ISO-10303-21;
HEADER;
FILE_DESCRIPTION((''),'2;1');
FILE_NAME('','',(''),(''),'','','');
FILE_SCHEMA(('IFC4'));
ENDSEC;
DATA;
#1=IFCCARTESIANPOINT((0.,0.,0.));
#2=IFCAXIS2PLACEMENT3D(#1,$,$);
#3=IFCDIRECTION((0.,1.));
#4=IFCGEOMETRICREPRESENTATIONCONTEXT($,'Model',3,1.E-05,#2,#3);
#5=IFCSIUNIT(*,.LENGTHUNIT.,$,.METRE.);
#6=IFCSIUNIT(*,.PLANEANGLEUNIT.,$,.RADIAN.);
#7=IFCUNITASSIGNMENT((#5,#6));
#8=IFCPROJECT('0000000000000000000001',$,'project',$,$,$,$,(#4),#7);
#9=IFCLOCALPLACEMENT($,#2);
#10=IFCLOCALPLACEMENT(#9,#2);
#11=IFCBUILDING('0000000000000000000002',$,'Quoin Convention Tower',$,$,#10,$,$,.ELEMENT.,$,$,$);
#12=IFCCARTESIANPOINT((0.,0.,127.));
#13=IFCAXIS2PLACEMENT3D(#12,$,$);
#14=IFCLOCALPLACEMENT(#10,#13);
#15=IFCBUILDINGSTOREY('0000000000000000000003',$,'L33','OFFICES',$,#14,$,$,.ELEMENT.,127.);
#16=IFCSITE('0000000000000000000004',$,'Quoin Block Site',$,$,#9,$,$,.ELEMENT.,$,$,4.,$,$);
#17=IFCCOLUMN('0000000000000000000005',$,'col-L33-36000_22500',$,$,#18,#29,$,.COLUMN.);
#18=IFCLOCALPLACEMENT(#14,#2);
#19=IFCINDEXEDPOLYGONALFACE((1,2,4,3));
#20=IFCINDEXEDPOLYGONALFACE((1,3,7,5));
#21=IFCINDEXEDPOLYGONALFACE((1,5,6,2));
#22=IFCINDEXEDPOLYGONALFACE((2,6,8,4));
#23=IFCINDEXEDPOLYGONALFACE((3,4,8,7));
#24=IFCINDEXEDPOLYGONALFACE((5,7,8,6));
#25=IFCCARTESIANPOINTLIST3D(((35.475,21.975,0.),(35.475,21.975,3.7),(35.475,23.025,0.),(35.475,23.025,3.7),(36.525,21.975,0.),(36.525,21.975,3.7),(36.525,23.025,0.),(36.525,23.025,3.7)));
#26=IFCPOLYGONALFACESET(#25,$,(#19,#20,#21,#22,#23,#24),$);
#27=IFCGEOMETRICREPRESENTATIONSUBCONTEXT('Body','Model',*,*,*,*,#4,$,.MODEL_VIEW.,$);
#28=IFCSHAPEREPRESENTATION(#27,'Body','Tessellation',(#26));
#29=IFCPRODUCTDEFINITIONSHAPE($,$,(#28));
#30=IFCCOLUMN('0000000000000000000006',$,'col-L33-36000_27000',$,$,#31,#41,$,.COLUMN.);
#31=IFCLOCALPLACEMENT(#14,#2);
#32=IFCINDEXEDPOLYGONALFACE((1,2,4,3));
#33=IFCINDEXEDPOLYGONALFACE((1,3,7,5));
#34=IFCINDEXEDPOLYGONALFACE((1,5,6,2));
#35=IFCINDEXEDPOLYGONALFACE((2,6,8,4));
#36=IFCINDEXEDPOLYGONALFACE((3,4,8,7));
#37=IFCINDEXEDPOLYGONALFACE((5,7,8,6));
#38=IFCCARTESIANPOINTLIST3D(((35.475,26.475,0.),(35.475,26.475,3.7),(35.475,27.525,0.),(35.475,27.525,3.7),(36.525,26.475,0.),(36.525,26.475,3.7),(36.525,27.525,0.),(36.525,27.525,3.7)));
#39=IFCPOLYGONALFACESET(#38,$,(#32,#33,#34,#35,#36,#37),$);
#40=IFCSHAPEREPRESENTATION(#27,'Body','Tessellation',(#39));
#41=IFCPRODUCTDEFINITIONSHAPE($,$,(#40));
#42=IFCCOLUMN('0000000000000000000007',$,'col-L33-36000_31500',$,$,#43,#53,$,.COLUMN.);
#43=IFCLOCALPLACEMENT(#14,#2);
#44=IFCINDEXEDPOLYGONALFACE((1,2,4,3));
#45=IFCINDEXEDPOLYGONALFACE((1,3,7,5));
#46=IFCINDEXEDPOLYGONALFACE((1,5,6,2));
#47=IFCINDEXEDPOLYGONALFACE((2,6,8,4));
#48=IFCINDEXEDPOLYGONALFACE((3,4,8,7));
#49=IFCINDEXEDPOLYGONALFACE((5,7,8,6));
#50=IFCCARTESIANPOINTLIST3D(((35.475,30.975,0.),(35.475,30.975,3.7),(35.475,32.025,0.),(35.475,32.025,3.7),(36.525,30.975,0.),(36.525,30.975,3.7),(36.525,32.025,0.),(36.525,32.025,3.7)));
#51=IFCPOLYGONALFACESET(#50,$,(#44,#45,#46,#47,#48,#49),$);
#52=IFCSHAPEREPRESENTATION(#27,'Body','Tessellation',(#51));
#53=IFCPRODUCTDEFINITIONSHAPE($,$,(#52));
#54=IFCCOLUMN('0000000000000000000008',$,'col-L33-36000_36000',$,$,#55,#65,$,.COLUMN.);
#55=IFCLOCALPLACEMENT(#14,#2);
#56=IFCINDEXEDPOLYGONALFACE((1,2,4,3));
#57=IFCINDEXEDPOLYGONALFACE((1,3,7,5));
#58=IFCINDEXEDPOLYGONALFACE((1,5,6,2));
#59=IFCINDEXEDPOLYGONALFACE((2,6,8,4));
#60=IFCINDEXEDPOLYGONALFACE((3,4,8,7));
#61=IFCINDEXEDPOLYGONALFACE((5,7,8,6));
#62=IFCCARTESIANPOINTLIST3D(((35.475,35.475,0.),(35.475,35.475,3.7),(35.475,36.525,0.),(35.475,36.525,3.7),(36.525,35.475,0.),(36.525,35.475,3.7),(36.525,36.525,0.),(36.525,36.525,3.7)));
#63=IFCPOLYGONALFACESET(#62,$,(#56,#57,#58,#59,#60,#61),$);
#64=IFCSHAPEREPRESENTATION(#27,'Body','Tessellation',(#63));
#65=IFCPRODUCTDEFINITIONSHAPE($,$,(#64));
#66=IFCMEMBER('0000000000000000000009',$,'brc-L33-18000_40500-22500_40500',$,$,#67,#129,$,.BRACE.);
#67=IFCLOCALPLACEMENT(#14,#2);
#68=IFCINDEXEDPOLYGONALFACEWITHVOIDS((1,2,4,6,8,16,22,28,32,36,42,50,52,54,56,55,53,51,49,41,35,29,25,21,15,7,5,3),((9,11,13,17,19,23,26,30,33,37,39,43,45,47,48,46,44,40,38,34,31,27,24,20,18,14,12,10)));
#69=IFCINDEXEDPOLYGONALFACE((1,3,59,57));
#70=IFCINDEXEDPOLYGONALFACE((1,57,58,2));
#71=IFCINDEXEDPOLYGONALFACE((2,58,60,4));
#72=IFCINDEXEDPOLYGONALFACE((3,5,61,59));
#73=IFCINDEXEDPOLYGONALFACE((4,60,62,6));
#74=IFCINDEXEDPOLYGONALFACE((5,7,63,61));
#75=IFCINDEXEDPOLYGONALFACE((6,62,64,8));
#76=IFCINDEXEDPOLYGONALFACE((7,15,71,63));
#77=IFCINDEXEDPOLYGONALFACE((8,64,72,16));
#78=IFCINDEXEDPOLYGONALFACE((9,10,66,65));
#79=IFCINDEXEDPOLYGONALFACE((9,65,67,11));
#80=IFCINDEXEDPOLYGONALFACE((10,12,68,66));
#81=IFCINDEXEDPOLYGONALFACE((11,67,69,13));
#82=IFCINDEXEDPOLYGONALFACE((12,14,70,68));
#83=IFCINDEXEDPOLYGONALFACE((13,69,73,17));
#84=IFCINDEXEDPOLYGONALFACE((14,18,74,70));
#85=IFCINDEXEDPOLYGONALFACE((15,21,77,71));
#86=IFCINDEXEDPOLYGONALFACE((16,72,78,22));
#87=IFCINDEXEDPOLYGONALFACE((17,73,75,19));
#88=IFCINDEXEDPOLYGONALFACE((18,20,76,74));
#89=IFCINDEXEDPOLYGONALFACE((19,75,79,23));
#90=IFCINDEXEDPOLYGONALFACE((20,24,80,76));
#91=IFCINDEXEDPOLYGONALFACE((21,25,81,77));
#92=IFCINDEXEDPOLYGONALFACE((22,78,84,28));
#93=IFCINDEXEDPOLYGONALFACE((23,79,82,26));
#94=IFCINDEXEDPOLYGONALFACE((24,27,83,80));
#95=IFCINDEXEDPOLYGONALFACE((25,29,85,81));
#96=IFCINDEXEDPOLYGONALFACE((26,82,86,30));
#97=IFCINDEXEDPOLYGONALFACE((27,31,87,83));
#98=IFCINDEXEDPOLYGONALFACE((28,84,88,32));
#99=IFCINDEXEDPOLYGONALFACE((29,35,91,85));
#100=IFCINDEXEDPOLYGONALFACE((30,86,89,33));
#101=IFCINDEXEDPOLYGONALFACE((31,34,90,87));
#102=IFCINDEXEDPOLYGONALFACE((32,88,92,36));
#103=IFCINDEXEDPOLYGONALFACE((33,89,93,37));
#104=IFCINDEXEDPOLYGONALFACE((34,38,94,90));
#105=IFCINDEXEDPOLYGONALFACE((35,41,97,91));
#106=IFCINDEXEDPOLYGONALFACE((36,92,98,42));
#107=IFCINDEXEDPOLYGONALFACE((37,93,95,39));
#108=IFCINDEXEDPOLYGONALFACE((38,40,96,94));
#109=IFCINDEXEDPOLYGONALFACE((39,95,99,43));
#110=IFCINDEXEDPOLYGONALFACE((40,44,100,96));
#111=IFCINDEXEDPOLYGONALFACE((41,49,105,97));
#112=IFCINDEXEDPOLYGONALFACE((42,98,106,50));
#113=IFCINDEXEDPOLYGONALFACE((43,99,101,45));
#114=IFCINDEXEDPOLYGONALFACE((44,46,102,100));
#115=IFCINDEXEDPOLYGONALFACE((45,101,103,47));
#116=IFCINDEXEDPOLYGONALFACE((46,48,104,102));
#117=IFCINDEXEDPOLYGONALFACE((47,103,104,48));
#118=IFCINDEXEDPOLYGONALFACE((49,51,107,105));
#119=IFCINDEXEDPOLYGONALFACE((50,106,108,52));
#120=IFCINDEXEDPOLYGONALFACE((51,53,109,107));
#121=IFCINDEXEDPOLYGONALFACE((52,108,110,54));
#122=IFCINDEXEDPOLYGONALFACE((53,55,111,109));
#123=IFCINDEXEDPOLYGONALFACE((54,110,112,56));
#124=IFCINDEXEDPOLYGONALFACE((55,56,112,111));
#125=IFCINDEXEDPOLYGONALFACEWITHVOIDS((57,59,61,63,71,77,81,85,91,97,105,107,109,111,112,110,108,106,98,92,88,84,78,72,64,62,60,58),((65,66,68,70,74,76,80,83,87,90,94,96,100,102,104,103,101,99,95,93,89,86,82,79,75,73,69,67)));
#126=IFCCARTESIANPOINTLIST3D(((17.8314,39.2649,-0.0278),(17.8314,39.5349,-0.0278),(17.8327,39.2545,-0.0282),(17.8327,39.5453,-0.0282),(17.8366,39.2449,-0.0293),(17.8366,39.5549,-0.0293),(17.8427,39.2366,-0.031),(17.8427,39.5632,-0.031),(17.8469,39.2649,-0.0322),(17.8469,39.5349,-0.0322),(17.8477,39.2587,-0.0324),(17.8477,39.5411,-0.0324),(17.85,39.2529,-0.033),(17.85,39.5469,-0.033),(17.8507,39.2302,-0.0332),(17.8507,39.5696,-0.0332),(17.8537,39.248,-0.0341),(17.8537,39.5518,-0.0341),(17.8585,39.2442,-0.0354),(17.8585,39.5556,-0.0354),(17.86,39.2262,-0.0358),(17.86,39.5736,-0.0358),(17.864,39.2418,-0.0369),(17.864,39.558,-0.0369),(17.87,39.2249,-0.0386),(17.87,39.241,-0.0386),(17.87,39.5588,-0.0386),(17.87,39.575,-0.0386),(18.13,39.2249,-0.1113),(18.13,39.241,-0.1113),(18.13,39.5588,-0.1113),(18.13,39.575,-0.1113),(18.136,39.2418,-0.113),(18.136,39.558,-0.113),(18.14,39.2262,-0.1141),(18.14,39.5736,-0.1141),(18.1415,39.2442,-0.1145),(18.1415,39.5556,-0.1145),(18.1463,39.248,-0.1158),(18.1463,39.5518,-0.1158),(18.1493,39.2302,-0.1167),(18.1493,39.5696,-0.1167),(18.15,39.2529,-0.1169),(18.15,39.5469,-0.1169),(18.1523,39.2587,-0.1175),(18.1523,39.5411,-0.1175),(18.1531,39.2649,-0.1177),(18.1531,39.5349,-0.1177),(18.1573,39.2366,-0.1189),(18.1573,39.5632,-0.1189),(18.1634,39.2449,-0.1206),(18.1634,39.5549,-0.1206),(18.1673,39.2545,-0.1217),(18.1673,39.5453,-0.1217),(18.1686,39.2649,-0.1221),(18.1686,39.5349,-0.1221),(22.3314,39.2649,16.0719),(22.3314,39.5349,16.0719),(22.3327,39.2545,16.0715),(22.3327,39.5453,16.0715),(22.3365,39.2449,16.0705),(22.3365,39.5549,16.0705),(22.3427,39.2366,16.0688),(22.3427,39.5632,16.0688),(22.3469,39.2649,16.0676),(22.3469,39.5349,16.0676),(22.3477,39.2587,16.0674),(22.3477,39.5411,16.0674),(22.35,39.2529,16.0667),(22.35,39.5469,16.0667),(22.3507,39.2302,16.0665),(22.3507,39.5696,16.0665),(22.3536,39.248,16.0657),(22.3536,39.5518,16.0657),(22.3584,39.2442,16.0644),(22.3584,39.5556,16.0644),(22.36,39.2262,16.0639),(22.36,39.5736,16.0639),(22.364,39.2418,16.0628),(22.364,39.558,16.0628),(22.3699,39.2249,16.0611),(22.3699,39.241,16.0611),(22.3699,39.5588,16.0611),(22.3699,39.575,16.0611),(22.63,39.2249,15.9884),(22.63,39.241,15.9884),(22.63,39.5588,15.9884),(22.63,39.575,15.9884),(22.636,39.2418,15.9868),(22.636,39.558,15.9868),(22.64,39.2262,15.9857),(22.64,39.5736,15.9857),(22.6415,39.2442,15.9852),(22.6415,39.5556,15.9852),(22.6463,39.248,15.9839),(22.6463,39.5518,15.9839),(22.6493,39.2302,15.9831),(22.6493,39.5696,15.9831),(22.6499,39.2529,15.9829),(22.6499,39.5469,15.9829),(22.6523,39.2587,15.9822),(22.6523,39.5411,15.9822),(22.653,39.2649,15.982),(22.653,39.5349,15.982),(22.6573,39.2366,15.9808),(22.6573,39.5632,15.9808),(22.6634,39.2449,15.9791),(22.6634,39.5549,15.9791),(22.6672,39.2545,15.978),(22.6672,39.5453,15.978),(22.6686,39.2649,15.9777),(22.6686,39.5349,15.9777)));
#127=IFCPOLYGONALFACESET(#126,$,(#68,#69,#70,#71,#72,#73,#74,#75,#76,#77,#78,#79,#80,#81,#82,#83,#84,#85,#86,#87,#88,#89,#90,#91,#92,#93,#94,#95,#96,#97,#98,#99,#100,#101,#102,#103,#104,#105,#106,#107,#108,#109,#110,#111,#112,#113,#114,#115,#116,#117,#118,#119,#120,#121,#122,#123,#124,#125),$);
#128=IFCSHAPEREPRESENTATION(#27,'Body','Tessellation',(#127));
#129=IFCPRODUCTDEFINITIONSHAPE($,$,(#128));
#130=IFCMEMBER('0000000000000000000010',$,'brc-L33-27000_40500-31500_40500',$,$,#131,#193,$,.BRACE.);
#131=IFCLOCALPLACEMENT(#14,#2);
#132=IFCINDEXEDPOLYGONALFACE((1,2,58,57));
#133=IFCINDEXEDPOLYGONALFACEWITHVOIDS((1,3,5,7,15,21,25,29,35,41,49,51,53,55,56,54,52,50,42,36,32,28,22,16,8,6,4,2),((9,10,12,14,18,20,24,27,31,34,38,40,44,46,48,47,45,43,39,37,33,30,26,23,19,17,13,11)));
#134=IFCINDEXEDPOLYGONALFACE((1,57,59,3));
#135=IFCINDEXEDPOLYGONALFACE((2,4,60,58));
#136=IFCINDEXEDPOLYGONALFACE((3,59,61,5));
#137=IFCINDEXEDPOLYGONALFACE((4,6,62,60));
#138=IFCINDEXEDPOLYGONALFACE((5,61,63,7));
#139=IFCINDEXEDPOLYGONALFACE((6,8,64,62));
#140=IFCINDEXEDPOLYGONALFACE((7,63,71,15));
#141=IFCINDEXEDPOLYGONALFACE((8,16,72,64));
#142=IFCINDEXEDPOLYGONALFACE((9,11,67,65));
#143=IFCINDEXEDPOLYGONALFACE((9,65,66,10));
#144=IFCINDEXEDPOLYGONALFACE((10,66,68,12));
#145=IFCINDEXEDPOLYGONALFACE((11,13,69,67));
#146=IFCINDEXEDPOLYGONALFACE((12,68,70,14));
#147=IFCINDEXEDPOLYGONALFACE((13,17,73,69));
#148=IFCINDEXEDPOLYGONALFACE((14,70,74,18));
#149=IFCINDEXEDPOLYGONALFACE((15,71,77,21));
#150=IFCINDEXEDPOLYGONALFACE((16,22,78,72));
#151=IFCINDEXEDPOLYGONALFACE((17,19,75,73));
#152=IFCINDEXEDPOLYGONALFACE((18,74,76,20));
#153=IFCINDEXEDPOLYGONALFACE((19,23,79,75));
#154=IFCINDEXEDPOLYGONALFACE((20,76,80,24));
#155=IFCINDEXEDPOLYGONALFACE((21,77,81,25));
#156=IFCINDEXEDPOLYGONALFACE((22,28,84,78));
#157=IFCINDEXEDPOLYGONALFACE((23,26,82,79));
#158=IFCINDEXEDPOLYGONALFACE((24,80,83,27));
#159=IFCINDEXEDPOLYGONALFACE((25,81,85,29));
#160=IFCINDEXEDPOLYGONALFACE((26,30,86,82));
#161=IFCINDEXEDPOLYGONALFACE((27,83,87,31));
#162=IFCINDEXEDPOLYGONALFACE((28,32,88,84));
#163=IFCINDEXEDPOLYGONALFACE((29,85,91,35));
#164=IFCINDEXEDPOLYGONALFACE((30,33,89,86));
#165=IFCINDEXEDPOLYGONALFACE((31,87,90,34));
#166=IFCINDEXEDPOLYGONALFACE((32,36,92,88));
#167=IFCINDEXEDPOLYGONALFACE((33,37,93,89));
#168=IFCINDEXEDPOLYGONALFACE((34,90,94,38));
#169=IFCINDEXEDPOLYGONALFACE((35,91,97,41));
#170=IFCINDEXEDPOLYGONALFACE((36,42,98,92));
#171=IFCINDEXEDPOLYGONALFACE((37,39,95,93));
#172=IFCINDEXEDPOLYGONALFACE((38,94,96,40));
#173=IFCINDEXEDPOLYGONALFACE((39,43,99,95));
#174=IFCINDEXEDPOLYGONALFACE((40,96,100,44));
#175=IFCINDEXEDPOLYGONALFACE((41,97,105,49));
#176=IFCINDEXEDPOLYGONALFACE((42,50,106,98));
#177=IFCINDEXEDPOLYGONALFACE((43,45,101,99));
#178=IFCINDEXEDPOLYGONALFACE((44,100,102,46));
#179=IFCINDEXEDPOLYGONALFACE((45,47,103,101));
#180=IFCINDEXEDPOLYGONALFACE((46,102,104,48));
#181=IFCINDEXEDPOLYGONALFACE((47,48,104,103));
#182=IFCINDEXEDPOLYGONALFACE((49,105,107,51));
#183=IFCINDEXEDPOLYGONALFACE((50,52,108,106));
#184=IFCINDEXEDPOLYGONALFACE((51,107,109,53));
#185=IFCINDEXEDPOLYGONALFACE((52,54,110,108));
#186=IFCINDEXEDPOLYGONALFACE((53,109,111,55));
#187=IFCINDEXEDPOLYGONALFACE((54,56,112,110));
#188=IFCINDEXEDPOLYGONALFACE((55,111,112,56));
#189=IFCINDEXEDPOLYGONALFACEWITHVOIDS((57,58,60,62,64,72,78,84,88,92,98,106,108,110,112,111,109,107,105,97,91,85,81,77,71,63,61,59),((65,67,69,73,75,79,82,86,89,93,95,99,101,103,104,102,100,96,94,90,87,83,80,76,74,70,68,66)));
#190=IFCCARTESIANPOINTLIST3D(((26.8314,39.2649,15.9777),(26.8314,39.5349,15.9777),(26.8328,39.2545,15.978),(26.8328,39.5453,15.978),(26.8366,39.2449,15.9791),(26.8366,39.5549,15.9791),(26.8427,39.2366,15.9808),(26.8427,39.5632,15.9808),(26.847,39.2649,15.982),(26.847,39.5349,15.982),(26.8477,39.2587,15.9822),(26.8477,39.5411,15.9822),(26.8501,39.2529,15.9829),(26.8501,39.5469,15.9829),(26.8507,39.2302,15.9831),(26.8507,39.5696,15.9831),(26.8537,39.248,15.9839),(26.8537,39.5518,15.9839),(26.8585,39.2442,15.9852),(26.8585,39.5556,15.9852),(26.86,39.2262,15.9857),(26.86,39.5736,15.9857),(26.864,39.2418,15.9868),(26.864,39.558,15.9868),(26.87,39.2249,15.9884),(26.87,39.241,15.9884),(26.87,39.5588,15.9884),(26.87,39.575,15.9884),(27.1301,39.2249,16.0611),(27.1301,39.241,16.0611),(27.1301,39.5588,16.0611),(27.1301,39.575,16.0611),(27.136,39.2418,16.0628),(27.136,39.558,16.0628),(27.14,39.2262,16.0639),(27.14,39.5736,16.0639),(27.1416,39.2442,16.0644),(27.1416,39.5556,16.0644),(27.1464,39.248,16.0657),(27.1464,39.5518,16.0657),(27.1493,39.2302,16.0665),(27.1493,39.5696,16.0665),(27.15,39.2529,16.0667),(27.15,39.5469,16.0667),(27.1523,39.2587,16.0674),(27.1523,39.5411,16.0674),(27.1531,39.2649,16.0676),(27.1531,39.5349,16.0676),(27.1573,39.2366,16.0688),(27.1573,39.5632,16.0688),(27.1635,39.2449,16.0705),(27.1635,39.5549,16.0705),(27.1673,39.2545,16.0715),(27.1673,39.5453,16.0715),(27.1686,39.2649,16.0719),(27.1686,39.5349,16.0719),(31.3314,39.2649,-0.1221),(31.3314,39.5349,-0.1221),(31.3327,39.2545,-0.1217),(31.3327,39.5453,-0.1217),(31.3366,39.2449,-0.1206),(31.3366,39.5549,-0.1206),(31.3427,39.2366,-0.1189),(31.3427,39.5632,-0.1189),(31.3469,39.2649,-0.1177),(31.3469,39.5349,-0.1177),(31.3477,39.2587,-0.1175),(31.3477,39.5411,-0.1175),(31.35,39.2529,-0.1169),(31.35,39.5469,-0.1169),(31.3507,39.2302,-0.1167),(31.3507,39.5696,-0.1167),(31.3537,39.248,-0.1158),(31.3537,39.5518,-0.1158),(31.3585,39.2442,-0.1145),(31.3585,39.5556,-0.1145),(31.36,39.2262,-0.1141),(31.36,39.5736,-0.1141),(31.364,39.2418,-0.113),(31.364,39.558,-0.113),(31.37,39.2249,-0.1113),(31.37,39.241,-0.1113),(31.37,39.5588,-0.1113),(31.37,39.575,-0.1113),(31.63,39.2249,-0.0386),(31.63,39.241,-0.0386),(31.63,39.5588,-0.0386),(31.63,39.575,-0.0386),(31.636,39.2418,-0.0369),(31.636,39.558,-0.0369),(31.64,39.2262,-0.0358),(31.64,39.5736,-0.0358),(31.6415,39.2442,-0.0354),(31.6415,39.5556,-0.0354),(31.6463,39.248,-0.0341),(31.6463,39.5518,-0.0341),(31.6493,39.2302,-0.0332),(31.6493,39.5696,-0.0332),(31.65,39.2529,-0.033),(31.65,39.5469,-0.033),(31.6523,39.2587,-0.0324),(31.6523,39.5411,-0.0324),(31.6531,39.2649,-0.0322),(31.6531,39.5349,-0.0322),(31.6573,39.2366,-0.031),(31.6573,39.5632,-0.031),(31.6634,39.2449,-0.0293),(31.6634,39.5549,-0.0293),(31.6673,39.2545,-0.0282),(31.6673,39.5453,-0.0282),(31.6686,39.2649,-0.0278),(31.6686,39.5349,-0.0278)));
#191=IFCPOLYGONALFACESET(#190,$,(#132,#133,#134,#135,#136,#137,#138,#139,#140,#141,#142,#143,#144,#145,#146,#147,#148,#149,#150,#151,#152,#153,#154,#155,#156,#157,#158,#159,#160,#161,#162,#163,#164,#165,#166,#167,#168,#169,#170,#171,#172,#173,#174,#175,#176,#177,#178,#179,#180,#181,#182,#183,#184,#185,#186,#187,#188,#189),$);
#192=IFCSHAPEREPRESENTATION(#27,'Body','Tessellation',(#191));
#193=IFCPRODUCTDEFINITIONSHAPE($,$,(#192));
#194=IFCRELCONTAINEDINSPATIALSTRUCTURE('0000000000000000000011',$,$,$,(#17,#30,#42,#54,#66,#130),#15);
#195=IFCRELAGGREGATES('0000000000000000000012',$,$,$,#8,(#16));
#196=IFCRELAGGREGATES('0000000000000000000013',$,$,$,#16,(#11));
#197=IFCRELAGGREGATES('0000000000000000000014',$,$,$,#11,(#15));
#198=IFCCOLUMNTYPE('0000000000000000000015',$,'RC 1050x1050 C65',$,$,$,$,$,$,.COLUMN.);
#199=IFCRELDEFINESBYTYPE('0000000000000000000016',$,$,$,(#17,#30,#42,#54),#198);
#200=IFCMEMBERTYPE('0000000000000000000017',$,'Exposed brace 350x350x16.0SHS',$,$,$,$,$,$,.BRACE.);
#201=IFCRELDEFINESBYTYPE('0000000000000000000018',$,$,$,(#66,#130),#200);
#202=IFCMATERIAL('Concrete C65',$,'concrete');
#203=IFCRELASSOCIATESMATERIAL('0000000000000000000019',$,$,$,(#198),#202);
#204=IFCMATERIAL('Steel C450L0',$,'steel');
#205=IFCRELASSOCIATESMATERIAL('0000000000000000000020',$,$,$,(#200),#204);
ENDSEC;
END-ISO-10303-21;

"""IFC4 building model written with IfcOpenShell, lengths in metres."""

from ifc_helpers import new_model, si_unit, direction, frame, origin, origin_2d, place, context, subcontext, project, spatial, rectangle, hollow_rectangle, extrude, material, material_profile, profile_set, type_object, element, save


model = new_model("IFC4")

# Units and contexts
model_context = context("Model", 3, precision=1e-05, world=origin(), true_north=direction((0.0, 1.0)))
body_context = subcontext(model_context, "Body", "Model", "MODEL_VIEW")
ifc_project = project(units=[si_unit("LENGTHUNIT", "METRE"), si_unit("PLANEANGLEUNIT", "RADIAN")], contexts=[model_context])

# Site, building, storey
site_placement = place(None, origin())
site = spatial("IfcSite", under=ifc_project, at=site_placement, Name="Quoin Block Site", CompositionType="ELEMENT", RefElevation=4.0)
building_placement = place(site_placement, origin())
building = spatial("IfcBuilding", under=site, at=building_placement, Name="Quoin Convention Tower", CompositionType="ELEMENT")
storey_placement = place(building_placement, frame((0.0, 0.0, 127.0)))
storey = spatial("IfcBuildingStorey", under=building, at=storey_placement, Name="L33", Description="OFFICES", CompositionType="ELEMENT", Elevation=127.0)

# Columns
ifc_material_1 = material(Name="Concrete C65", Category="concrete")
ifc_material_profile_1 = material_profile(ifc_material_1, rectangle(XDim=1.05, YDim=1.05, at=origin_2d()), Name="RC 1050x1050")
ifc_profile_set_1 = profile_set([ifc_material_profile_1], Name="Concrete C65")
column_type = type_object("IfcColumnType", Name="RC 1050x1050 C65", PredefinedType="COLUMN", material=ifc_profile_set_1)
for number, where, z_axis, x_axis, name in (
    (1, (36.0, 22.5, 0.0), (0.0, 0.0, 1.0), (1.0, 0.0, 0.0), "col-L33-36000_22500"),
    (2, (36.0, 27.0, 0.0), (0.0, 0.0, 1.0), (1.0, 0.0, 0.0), "col-L33-36000_27000"),
    (3, (36.0, 31.5, 0.0), (0.0, 0.0, 1.0), (1.0, 0.0, 0.0), "col-L33-36000_31500"),
    (4, (36.0, 36.0, 0.0), (0.0, 0.0, 1.0), (1.0, 0.0, 0.0), "col-L33-36000_36000"),
):
    element("IfcColumn", number, at=place(storey_placement, frame(where, z_axis=z_axis, x_axis=x_axis)), inside=storey, type_object=column_type, Name=name, PredefinedType="COLUMN", context=body_context, shape_type="SweptSolid", body=[
        extrude(rectangle(XDim=1.05, YDim=1.05, at=origin_2d()), origin(), (0.0, 0.0, 1.0), 3.7),
    ])

# Members
ifc_material_2 = material(Name="Steel C450L0", Category="steel")
ifc_material_profile_2 = material_profile(ifc_material_2, hollow_rectangle(XDim=0.3501, YDim=0.3501, WallThickness=0.0161, InnerFilletRadius=0.0239, OuterFilletRadius=0.04, at=origin_2d()), Name="350x350x16.0SHS")
ifc_profile_set_2 = profile_set([ifc_material_profile_2], Name="Steel C450L0")
member_type = type_object("IfcMemberType", Name="Exposed brace 350x350x16.0SHS", PredefinedType="BRACE", material=ifc_profile_set_2)
for number, where, z_axis, x_axis, name in (
    (5, (18.0, 39.3999, -0.075), (0.269188, 0.0, 0.963088), (0.0, 1.0, 0.0), "brc-L33-18000_40500-22500_40500"),
    (6, (31.5, 39.3999, -0.075), (-0.269188, 0.0, 0.963088), (0.0, -1.0, 0.0), "brc-L33-27000_40500-31500_40500"),
):
    element("IfcMember", number, at=place(storey_placement, frame(where, z_axis=z_axis, x_axis=x_axis)), inside=storey, type_object=member_type, Name=name, PredefinedType="BRACE", context=body_context, shape_type="SweptSolid", body=[
        extrude(hollow_rectangle(XDim=0.3501, YDim=0.3501, WallThickness=0.0161, InnerFilletRadius=0.0239, OuterFilletRadius=0.04, at=origin_2d()), origin(), (0.0, 0.0, 1.0), 16.7168),
    ])

save(model, "model.ifc")
